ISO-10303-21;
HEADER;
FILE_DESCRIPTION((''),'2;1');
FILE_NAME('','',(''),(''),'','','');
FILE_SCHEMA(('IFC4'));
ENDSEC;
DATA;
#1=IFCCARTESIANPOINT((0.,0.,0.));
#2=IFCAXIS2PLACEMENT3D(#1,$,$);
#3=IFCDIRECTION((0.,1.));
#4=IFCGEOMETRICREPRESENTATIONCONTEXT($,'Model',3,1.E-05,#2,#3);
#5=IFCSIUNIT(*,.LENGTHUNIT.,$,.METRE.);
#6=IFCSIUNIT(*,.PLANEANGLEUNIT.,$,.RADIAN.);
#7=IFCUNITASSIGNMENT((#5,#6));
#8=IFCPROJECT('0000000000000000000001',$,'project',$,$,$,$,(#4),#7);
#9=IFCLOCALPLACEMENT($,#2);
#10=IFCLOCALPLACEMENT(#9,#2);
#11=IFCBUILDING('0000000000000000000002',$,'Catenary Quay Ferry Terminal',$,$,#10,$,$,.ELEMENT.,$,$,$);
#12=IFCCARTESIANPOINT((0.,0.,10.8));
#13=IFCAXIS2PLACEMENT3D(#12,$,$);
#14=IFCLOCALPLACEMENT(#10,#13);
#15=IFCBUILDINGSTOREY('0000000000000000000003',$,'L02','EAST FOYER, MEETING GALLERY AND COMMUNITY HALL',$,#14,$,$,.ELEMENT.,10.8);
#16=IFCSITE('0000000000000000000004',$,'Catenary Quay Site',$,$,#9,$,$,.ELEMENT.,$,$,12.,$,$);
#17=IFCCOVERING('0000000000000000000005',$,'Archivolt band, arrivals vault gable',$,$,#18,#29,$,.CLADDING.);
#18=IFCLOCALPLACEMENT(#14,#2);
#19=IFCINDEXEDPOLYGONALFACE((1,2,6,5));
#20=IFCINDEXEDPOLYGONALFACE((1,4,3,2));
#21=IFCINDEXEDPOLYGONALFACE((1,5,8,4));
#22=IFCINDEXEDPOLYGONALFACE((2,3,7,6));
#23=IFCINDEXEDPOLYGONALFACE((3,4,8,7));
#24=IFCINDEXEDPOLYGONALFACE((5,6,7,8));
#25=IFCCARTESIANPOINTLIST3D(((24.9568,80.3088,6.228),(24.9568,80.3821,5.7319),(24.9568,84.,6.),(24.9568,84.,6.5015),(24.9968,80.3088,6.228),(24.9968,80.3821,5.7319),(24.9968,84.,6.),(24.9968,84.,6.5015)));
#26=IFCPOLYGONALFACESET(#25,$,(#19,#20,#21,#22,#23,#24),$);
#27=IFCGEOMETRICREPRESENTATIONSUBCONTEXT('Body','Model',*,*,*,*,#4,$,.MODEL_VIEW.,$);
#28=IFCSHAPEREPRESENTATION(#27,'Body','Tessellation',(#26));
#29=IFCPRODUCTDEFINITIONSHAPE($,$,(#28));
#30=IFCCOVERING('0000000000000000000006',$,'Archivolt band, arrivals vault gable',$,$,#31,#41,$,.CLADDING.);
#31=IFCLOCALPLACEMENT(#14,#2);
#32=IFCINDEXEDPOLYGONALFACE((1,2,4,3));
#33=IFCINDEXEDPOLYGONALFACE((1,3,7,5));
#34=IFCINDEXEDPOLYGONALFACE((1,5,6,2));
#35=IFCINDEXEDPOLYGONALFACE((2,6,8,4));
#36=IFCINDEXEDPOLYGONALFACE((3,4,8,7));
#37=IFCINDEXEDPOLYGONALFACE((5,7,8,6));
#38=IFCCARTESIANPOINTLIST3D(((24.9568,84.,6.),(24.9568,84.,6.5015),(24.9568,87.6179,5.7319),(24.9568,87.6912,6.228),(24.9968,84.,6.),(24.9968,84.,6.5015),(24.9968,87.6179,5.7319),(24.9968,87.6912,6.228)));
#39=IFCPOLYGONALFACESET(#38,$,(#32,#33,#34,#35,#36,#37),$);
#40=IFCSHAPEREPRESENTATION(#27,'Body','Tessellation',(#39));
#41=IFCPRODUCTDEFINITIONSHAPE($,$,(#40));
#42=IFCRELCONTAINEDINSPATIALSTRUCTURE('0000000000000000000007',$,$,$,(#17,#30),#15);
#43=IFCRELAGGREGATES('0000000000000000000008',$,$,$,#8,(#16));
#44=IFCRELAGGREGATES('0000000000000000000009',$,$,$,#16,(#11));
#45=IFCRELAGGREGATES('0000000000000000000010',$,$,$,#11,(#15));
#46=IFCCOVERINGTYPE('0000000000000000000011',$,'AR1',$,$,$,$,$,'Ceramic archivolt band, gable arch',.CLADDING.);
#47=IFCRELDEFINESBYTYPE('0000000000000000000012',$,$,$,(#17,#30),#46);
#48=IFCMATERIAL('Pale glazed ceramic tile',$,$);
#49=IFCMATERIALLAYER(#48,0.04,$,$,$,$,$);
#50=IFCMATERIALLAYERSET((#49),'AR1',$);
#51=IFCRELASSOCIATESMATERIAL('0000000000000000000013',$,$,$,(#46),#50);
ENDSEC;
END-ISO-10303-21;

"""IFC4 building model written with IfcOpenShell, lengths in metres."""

from ifc_helpers import new_model, si_unit, direction, frame, origin, place, context, subcontext, project, spatial, polyline, outline, extrude, material, layer, layer_set, type_object, element, save


model = new_model("IFC4")

# Units and contexts
model_context = context("Model", 3, precision=1e-05, world=origin(), true_north=direction((0.0, 1.0)))
body_context = subcontext(model_context, "Body", "Model", "MODEL_VIEW")
ifc_project = project(units=[si_unit("LENGTHUNIT", "METRE"), si_unit("PLANEANGLEUNIT", "RADIAN")], contexts=[model_context])

# Site, building, storey
site_placement = place(None, origin())
site = spatial("IfcSite", under=ifc_project, at=site_placement, Name="Catenary Quay Site", CompositionType="ELEMENT", RefElevation=12.0)
building_placement = place(site_placement, origin())
building = spatial("IfcBuilding", under=site, at=building_placement, Name="Catenary Quay Ferry Terminal", CompositionType="ELEMENT")
storey_placement = place(building_placement, frame((0.0, 0.0, 10.8)))
storey = spatial("IfcBuildingStorey", under=building, at=storey_placement, Name="L02", Description="EAST FOYER, MEETING GALLERY AND COMMUNITY HALL", CompositionType="ELEMENT", Elevation=10.8)

# Coverings
ifc_material_1 = material(Name="Pale glazed ceramic tile")
ifc_layer_1 = layer(ifc_material_1, 0.04)
ifc_layer_set_1 = layer_set([ifc_layer_1], Name="AR1")
covering_type = type_object("IfcCoveringType", Name="AR1", ElementType="Ceramic archivolt band, gable arch", PredefinedType="CLADDING", material=ifc_layer_set_1)
covering_1_placement = place(storey_placement, frame((24.9968, 80.3821, 5.7319), z_axis=(1.0, 0.0, 0.0), x_axis=(0.0, 0.997266, 0.073892)))
element("IfcCovering", 1, at=covering_1_placement, inside=storey, type_object=covering_type, Name="Archivolt band, arrivals vault gable", PredefinedType="CLADDING", context=body_context, shape_type="SweptSolid", body=[
    extrude(outline(polyline([(0.0, 0.0), (3.6278, 0.0), (3.6649, 0.5001), (-0.0364, 0.5001), (0.0, 0.0)])), origin(), (0.0, 0.0, -1.0), 0.04),
])
covering_2_placement = place(storey_placement, frame((24.9968, 84.0, 6.0), z_axis=(1.0, 0.0, 0.0), x_axis=(0.0, 0.997266, -0.073892)))
element("IfcCovering", 2, at=covering_2_placement, inside=storey, type_object=covering_type, Name="Archivolt band, arrivals vault gable", PredefinedType="CLADDING", context=body_context, shape_type="SweptSolid", body=[
    extrude(outline(polyline([(0.0, 0.0), (3.6278, 0.0), (3.6642, 0.5001), (-0.0371, 0.5001), (0.0, 0.0)])), origin(), (0.0, 0.0, -1.0), 0.04),
])

save(model, "model.ifc")
